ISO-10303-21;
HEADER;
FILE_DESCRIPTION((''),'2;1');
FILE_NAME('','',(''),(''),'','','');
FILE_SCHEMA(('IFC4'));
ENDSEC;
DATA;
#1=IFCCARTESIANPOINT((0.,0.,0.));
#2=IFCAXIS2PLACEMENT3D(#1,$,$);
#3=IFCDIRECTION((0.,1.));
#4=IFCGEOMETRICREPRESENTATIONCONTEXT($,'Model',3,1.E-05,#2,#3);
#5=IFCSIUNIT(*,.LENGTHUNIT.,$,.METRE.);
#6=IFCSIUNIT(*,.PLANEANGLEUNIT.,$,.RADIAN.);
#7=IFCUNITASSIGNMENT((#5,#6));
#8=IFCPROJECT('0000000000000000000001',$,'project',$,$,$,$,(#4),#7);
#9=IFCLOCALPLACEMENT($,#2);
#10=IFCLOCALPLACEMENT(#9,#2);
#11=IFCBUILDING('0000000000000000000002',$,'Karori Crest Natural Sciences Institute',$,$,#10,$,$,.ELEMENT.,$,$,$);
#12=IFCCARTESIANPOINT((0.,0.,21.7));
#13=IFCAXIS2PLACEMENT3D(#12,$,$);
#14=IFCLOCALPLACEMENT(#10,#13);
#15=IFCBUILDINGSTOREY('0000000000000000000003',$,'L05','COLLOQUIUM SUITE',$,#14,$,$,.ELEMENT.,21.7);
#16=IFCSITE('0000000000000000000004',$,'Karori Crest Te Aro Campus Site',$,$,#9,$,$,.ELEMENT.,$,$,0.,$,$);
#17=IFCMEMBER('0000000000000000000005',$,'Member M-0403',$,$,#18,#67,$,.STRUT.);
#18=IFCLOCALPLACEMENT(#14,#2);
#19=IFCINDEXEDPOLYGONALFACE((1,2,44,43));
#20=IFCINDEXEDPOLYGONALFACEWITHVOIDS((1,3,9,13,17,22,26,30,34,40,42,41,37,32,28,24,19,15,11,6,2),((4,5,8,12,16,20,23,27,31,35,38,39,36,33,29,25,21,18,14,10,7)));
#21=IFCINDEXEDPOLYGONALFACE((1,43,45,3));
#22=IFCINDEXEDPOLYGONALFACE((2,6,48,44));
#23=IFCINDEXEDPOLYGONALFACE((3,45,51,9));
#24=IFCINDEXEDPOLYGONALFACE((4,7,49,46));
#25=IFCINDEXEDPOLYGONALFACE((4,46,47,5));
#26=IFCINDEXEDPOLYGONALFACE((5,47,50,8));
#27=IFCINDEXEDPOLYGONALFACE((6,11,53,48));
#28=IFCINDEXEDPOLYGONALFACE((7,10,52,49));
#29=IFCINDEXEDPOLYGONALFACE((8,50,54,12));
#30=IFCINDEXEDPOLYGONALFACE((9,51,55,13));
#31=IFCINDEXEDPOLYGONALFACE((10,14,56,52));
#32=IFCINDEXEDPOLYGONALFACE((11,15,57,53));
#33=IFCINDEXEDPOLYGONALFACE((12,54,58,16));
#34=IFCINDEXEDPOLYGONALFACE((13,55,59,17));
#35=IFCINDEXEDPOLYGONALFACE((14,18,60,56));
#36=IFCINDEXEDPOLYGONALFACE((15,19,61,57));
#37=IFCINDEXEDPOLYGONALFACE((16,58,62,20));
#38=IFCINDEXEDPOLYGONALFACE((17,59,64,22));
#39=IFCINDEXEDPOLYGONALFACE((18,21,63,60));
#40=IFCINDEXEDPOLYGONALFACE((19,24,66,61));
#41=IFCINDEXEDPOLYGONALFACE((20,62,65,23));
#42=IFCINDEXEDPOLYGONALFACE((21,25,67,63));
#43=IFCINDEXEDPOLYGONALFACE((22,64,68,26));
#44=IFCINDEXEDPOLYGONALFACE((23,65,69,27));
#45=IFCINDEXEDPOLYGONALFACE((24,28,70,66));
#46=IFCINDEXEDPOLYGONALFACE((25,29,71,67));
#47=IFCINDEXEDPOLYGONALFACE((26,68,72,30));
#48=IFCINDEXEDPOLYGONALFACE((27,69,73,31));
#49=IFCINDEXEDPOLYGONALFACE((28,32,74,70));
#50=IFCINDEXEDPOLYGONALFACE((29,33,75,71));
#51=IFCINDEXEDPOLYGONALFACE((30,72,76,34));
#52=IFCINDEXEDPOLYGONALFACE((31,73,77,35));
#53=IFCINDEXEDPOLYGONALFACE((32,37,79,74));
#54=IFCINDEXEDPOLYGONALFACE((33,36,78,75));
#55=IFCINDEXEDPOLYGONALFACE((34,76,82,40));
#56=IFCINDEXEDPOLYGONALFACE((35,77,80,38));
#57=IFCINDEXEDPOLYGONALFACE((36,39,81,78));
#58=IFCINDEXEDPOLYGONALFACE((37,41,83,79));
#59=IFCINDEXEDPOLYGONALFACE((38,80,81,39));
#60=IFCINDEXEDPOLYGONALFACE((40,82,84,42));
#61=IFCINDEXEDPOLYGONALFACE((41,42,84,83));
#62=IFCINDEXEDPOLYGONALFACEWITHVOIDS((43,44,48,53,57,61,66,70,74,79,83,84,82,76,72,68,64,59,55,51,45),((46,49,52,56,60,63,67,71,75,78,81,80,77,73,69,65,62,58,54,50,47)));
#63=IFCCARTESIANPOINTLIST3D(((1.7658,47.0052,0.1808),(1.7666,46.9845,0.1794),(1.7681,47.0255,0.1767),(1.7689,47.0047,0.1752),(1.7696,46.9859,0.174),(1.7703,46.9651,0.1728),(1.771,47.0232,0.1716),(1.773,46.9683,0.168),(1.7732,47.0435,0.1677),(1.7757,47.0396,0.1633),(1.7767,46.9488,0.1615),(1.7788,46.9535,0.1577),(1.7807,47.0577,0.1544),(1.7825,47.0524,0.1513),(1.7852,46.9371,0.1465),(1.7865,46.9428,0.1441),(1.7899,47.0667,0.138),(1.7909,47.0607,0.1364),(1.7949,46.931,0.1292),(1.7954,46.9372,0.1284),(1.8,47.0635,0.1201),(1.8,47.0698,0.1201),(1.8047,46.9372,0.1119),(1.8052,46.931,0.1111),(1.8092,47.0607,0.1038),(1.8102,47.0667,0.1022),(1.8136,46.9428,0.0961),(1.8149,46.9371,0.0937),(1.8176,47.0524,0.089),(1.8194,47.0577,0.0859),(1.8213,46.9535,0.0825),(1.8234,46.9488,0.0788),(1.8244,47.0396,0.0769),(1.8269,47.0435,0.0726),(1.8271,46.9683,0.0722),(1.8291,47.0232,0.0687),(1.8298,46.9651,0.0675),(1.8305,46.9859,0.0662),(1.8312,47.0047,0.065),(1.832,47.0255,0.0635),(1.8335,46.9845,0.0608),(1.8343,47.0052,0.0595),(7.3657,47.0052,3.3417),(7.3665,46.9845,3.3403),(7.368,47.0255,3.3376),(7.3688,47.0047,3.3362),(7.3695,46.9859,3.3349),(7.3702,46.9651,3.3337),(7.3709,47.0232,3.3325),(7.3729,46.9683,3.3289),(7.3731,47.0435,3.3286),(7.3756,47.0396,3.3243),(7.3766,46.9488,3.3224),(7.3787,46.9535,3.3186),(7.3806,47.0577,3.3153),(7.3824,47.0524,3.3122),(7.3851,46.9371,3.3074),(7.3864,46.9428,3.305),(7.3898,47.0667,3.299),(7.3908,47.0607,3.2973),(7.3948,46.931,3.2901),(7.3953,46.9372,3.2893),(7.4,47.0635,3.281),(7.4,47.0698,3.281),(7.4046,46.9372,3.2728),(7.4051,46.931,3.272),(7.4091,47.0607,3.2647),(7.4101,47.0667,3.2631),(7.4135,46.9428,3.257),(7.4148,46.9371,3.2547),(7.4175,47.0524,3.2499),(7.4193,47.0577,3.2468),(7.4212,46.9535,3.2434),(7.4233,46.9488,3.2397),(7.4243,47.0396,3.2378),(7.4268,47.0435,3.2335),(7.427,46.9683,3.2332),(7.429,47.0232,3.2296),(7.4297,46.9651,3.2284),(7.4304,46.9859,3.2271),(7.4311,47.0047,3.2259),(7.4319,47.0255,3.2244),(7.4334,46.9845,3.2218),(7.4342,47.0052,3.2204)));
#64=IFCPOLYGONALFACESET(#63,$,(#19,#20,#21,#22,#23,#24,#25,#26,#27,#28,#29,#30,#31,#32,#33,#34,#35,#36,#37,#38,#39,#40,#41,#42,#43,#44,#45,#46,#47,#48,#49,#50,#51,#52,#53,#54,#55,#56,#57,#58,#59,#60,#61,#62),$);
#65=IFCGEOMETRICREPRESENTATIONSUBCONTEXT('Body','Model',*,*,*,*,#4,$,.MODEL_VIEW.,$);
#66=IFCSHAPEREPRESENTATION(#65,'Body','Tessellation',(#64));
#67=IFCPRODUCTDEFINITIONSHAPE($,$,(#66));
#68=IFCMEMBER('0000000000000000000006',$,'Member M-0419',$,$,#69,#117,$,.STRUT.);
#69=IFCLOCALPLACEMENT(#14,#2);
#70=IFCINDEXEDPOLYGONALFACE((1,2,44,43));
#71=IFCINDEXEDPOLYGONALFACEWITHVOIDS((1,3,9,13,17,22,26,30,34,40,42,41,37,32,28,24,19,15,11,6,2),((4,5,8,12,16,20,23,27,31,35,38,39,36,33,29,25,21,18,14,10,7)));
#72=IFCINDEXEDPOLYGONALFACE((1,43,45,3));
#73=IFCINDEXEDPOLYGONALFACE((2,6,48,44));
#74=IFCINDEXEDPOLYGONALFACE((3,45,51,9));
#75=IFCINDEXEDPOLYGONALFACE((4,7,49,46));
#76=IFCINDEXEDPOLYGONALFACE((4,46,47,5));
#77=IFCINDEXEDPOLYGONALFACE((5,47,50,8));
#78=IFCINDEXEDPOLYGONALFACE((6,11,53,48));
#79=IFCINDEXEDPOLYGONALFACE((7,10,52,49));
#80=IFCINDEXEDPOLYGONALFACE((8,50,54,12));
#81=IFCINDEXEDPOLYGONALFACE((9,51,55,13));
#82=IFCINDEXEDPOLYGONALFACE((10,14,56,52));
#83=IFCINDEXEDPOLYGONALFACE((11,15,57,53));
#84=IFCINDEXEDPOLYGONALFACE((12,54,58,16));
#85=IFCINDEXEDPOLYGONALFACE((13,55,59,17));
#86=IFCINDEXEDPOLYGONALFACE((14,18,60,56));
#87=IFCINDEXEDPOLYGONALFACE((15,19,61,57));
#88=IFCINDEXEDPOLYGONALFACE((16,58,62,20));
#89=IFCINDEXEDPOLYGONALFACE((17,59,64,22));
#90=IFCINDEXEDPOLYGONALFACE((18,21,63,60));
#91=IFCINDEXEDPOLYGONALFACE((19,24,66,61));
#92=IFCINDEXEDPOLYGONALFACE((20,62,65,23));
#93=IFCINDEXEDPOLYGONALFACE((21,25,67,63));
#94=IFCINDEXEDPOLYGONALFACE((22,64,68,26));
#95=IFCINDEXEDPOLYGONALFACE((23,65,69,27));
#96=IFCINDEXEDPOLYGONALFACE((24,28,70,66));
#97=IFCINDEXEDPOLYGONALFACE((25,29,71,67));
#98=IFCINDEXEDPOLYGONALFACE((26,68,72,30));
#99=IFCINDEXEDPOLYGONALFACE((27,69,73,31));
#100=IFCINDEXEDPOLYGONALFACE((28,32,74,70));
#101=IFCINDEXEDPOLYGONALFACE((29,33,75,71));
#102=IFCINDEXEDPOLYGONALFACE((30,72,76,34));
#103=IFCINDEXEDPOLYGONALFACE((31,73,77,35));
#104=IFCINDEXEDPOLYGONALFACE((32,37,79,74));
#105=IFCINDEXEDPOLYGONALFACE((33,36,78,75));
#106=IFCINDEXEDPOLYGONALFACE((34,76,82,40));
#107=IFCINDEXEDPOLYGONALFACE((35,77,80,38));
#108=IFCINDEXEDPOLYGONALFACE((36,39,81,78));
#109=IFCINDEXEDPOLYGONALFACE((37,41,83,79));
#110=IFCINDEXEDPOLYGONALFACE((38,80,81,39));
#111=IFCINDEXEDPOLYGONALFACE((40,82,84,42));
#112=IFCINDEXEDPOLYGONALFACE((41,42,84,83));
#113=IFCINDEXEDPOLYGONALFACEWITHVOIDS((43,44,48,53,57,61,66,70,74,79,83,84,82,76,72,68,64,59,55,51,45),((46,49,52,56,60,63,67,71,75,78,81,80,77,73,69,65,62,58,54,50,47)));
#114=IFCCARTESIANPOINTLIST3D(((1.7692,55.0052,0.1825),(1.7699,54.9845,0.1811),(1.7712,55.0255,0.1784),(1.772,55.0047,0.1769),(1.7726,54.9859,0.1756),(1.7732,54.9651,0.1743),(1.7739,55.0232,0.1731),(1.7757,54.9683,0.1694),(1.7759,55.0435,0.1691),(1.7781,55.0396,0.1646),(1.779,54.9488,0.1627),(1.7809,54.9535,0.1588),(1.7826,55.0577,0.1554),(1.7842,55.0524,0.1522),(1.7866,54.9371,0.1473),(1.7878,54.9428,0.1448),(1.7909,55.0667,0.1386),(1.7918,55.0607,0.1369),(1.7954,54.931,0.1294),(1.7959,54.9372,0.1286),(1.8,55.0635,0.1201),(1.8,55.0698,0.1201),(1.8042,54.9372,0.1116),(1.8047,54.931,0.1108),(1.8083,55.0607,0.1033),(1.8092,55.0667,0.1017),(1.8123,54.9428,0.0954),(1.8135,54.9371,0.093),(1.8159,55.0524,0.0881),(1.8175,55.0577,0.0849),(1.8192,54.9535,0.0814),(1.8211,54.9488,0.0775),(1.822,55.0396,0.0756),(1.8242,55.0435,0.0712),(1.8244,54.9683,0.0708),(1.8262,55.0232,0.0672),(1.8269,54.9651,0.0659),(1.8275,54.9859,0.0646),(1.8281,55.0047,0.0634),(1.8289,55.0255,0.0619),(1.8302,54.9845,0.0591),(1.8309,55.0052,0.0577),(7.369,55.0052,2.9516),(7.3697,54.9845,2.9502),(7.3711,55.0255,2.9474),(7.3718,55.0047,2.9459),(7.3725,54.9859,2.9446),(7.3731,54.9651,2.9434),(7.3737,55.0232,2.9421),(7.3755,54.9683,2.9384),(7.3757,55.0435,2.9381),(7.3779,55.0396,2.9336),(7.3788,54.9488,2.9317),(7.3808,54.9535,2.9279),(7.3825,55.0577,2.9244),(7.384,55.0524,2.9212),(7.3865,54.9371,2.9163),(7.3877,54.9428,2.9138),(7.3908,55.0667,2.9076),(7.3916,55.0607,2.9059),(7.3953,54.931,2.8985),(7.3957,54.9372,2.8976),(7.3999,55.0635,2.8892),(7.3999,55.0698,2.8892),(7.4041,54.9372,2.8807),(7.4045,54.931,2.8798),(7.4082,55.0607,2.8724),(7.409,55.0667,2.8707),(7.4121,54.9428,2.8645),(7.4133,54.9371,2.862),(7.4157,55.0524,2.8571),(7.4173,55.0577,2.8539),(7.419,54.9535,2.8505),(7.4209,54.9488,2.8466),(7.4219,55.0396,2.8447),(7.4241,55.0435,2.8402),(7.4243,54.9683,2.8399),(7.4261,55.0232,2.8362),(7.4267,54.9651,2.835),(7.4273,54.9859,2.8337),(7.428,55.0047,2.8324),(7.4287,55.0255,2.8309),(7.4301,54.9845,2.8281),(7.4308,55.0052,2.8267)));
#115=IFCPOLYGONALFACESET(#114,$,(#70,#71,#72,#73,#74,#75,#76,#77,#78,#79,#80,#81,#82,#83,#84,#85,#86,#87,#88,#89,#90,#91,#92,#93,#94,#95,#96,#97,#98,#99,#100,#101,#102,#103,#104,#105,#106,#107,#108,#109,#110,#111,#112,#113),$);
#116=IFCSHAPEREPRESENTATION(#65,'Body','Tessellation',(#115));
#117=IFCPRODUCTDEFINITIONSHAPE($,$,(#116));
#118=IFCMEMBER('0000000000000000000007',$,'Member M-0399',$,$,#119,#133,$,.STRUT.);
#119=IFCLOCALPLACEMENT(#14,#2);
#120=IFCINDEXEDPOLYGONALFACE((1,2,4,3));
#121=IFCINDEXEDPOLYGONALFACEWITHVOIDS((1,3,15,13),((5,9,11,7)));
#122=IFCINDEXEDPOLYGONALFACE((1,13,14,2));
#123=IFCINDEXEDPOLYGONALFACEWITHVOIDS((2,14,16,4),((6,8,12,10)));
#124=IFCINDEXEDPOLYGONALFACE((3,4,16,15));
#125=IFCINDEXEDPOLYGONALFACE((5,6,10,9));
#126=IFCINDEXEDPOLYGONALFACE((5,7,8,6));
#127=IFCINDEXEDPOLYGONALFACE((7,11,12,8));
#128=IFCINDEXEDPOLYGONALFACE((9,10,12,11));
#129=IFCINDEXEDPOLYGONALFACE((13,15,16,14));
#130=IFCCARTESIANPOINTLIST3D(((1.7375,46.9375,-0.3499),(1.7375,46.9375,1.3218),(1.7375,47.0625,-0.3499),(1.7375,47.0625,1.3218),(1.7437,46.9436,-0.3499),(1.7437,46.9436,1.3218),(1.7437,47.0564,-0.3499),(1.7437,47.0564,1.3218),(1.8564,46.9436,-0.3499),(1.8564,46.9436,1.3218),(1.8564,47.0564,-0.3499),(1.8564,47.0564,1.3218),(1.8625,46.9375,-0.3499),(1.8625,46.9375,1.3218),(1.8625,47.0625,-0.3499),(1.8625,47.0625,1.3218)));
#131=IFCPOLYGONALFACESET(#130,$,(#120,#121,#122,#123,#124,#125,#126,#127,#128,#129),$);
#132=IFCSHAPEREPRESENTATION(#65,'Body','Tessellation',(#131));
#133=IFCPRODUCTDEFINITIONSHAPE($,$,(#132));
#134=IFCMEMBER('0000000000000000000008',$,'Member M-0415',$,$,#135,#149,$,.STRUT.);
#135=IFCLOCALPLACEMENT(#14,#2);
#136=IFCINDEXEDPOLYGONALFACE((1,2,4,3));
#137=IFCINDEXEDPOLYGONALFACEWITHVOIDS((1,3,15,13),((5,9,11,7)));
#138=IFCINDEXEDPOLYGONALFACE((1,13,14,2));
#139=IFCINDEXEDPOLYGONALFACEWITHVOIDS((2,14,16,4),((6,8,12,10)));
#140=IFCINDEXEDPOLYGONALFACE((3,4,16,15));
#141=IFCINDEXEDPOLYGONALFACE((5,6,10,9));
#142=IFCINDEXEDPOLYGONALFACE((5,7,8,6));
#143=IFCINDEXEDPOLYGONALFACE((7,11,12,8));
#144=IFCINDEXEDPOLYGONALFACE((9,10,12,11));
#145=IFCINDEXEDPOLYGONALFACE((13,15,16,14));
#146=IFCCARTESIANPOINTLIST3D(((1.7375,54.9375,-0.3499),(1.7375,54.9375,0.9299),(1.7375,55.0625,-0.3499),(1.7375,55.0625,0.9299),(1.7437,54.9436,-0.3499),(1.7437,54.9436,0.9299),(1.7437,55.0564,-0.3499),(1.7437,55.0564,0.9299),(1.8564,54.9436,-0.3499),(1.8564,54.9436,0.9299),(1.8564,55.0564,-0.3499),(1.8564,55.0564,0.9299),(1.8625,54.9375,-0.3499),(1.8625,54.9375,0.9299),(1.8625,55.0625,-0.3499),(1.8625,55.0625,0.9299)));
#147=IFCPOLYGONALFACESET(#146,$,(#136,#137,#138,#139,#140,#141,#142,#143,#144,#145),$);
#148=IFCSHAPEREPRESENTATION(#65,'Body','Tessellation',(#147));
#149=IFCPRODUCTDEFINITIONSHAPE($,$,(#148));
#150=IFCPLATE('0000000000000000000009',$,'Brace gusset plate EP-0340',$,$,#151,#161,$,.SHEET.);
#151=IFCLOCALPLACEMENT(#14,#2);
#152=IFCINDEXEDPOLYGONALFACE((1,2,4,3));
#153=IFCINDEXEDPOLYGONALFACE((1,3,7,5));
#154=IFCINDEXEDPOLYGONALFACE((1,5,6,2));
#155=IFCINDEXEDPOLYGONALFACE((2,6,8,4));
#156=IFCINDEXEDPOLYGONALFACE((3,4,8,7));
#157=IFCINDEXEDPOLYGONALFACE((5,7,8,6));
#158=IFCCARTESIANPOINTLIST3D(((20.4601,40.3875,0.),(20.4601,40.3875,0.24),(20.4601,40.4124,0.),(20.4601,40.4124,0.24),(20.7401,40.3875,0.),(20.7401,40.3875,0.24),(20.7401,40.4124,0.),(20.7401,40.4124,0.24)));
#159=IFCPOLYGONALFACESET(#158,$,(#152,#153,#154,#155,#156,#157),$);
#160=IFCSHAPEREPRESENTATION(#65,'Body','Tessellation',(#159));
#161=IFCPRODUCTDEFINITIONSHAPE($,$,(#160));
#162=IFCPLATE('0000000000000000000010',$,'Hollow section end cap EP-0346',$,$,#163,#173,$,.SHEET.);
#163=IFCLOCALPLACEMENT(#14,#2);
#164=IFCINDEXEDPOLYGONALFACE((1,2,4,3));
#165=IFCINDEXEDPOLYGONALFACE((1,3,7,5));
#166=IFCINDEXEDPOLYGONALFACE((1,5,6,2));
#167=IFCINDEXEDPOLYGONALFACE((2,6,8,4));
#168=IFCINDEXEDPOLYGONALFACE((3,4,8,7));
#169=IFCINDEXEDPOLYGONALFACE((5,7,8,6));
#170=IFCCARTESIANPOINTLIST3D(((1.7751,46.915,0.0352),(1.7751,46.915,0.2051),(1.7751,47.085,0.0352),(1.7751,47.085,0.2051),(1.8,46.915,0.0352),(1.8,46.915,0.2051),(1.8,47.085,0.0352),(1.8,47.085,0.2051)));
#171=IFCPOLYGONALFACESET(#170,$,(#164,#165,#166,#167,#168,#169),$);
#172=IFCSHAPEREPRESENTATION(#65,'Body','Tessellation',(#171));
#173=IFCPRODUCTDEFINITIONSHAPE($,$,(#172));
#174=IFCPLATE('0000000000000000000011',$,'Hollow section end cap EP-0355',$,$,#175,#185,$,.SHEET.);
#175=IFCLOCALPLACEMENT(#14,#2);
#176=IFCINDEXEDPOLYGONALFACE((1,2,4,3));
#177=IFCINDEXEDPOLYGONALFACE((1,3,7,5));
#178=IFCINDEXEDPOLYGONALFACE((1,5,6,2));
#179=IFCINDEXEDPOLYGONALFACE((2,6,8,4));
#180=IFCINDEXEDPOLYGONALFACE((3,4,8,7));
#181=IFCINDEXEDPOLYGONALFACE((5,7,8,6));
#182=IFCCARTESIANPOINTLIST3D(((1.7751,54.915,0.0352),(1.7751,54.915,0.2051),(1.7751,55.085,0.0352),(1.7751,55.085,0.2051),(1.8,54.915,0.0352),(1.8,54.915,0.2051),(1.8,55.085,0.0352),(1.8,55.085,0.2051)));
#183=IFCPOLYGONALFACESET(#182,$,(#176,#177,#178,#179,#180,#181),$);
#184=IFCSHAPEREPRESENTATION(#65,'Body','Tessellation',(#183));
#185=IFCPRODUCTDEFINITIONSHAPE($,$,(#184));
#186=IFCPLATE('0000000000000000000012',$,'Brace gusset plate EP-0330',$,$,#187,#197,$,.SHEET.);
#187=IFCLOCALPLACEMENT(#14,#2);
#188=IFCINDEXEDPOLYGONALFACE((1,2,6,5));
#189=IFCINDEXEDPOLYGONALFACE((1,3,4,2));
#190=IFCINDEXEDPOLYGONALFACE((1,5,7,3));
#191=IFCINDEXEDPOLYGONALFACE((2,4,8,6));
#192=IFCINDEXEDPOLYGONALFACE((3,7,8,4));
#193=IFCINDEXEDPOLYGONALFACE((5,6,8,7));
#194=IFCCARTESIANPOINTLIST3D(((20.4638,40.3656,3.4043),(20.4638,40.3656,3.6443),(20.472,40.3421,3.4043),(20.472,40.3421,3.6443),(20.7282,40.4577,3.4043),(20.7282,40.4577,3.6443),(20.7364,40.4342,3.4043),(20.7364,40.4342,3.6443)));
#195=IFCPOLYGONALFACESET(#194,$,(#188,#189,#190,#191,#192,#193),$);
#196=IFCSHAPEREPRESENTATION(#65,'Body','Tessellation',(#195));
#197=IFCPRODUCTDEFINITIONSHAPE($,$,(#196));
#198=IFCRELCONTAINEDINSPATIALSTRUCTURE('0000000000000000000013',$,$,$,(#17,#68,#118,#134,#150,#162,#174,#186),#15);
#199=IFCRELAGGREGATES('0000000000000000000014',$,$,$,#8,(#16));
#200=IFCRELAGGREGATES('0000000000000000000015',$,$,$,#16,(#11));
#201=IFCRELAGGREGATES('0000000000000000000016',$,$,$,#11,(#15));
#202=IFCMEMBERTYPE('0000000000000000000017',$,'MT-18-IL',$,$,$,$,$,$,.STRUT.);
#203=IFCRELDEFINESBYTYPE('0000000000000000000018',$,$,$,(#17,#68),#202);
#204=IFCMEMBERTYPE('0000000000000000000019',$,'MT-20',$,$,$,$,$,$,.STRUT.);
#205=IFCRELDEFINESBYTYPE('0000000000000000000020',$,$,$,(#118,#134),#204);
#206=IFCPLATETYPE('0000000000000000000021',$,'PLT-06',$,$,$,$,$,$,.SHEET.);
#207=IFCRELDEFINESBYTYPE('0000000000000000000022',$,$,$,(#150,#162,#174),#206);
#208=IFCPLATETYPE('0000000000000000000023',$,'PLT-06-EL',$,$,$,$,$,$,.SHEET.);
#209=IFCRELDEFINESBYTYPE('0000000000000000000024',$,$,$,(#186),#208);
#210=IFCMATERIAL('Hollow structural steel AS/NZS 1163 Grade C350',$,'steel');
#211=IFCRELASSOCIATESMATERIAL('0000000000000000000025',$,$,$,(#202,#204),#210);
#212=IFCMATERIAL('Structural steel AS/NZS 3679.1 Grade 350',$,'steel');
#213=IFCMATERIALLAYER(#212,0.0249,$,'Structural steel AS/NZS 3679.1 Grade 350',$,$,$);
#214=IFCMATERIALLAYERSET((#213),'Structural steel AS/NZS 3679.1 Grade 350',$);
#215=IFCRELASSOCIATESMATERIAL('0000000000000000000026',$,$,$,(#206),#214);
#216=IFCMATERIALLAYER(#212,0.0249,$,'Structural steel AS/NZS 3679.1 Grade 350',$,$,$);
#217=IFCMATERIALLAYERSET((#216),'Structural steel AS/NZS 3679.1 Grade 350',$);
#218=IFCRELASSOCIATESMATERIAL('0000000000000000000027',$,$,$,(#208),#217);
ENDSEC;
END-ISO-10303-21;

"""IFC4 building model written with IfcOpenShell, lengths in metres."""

from ifc_helpers import new_model, si_unit, direction, frame, origin, origin_2d, place, context, subcontext, project, spatial, rectangle, hollow_rectangle, hollow_circle, extrude, material, layer, layer_set, material_profile, profile_set, type_object, element, save


model = new_model("IFC4")

# Units and contexts
model_context = context("Model", 3, precision=1e-05, world=origin(), true_north=direction((0.0, 1.0)))
body_context = subcontext(model_context, "Body", "Model", "MODEL_VIEW")
ifc_project = project(units=[si_unit("LENGTHUNIT", "METRE"), si_unit("PLANEANGLEUNIT", "RADIAN")], contexts=[model_context])

# Site, building, storey
site_placement = place(None, origin())
site = spatial("IfcSite", under=ifc_project, at=site_placement, Name="Karori Crest Te Aro Campus Site", CompositionType="ELEMENT", RefElevation=0.0)
building_placement = place(site_placement, origin())
building = spatial("IfcBuilding", under=site, at=building_placement, Name="Karori Crest Natural Sciences Institute", CompositionType="ELEMENT")
storey_placement = place(building_placement, frame((0.0, 0.0, 21.7)))
storey = spatial("IfcBuildingStorey", under=building, at=storey_placement, Name="L05", Description="COLLOQUIUM SUITE", CompositionType="ELEMENT", Elevation=21.7)

# Members
ifc_material_1 = material(Name="Hollow structural steel AS/NZS 1163 Grade C350", Category="steel")
ifc_material_profile_1 = material_profile(ifc_material_1, hollow_circle(Radius=0.0698, WallThickness=0.0063, at=origin_2d()), Name="CHS139.7x6.4")
ifc_profile_set_1 = profile_set([ifc_material_profile_1], Name="Hollow structural steel AS/NZS 1163 Grade C350")
member_type_1 = type_object("IfcMemberType", Name="MT-18-IL", PredefinedType="STRUT", material=ifc_profile_set_1)
member_1_placement = place(storey_placement, frame((1.8, 47.0, 0.1201), z_axis=(0.870846, 0.0, 0.491557), x_axis=(0.0, 1.0, 0.0)))
element("IfcMember", 1, at=member_1_placement, inside=storey, type_object=member_type_1, Name="Member M-0403", PredefinedType="STRUT", context=body_context, shape_type="SweptSolid", body=[
    extrude(hollow_circle(Radius=0.0698, WallThickness=0.0063, at=origin_2d()), origin(), (0.0, 0.0, 1.0), 6.4304),
])
member_2_placement = place(storey_placement, frame((1.8, 55.0, 0.1201), z_axis=(0.896396, 0.0, 0.443254), x_axis=(0.0, 1.0, 0.0)))
element("IfcMember", 2, at=member_2_placement, inside=storey, type_object=member_type_1, Name="Member M-0419", PredefinedType="STRUT", context=body_context, shape_type="SweptSolid", body=[
    extrude(hollow_circle(Radius=0.0698, WallThickness=0.0063, at=origin_2d()), origin(), (0.0, 0.0, 1.0), 6.2471),
])
ifc_material_profile_2 = material_profile(ifc_material_1, hollow_rectangle(XDim=0.125, YDim=0.125, WallThickness=0.0061, at=origin_2d()), Name="SHS125x125x6")
ifc_profile_set_2 = profile_set([ifc_material_profile_2], Name="Hollow structural steel AS/NZS 1163 Grade C350")
member_type_2 = type_object("IfcMemberType", Name="MT-20", PredefinedType="STRUT", material=ifc_profile_set_2)
member_3_placement = place(storey_placement, frame((1.8, 47.0, -0.3499), z_axis=(0.0, 0.0, 1.0), x_axis=(1.0, 0.0, 0.0)))
element("IfcMember", 3, at=member_3_placement, inside=storey, type_object=member_type_2, Name="Member M-0399", PredefinedType="STRUT", context=body_context, shape_type="SweptSolid", body=[
    extrude(hollow_rectangle(XDim=0.125, YDim=0.125, WallThickness=0.0061, at=origin_2d()), origin(), (0.0, 0.0, 1.0), 1.6716),
])
member_4_placement = place(storey_placement, frame((1.8, 55.0, -0.3499), z_axis=(0.0, 0.0, 1.0), x_axis=(1.0, 0.0, 0.0)))
element("IfcMember", 4, at=member_4_placement, inside=storey, type_object=member_type_2, Name="Member M-0415", PredefinedType="STRUT", context=body_context, shape_type="SweptSolid", body=[
    extrude(hollow_rectangle(XDim=0.125, YDim=0.125, WallThickness=0.0061, at=origin_2d()), origin(), (0.0, 0.0, 1.0), 1.2798),
])

# Plates
ifc_material_2 = material(Name="Structural steel AS/NZS 3679.1 Grade 350", Category="steel")
ifc_layer_1 = layer(ifc_material_2, 0.0249, Name="Structural steel AS/NZS 3679.1 Grade 350")
ifc_layer_set_1 = layer_set([ifc_layer_1], Name="Structural steel AS/NZS 3679.1 Grade 350")
plate_type_1 = type_object("IfcPlateType", Name="PLT-06", PredefinedType="SHEET", material=ifc_layer_set_1)
plate_1_placement = place(storey_placement, frame((20.6001, 40.3999, 0.0), z_axis=(0.0, 0.0, 1.0), x_axis=(1.0, 0.0, 0.0)))
element("IfcPlate", 5, at=plate_1_placement, inside=storey, type_object=plate_type_1, Name="Brace gusset plate EP-0340", PredefinedType="SHEET", context=body_context, shape_type="SweptSolid", body=[
    extrude(rectangle(XDim=0.28, YDim=0.0249, at=origin_2d()), origin(), (0.0, 0.0, 1.0), 0.24),
])
for number, where, z_axis, x_axis, name in (
    (6, (1.7876, 47.0, 0.0352), (0.0, 0.0, 1.0), (1.0, 0.0, 0.0), "Hollow section end cap EP-0346"),
    (7, (1.7876, 55.0, 0.0352), (0.0, 0.0, 1.0), (1.0, 0.0, 0.0), "Hollow section end cap EP-0355"),
):
    element("IfcPlate", number, at=place(storey_placement, frame(where, z_axis=z_axis, x_axis=x_axis)), inside=storey, type_object=plate_type_1, Name=name, PredefinedType="SHEET", context=body_context, shape_type="SweptSolid", body=[
        extrude(rectangle(XDim=0.0249, YDim=0.1699, at=origin_2d()), origin(), (0.0, 0.0, 1.0), 0.1699),
    ])
ifc_layer_2 = layer(ifc_material_2, 0.0249, Name="Structural steel AS/NZS 3679.1 Grade 350")
ifc_layer_set_2 = layer_set([ifc_layer_2], Name="Structural steel AS/NZS 3679.1 Grade 350")
plate_type_2 = type_object("IfcPlateType", Name="PLT-06-EL", PredefinedType="SHEET", material=ifc_layer_set_2)
for number, where, z_axis, x_axis, name in (
    (8, (20.6001, 40.3999, 3.4043), (0.0, 0.0, 1.0), (0.944303, 0.329076, 0.0), "Brace gusset plate EP-0330"),
):
    element("IfcPlate", number, at=place(storey_placement, frame(where, z_axis=z_axis, x_axis=x_axis)), inside=storey, type_object=plate_type_2, Name=name, PredefinedType="SHEET", context=body_context, shape_type="SweptSolid", body=[
        extrude(rectangle(XDim=0.28, YDim=0.0249, at=origin_2d()), origin(), (0.0, 0.0, 1.0), 0.24),
    ])

save(model, "model.ifc")
